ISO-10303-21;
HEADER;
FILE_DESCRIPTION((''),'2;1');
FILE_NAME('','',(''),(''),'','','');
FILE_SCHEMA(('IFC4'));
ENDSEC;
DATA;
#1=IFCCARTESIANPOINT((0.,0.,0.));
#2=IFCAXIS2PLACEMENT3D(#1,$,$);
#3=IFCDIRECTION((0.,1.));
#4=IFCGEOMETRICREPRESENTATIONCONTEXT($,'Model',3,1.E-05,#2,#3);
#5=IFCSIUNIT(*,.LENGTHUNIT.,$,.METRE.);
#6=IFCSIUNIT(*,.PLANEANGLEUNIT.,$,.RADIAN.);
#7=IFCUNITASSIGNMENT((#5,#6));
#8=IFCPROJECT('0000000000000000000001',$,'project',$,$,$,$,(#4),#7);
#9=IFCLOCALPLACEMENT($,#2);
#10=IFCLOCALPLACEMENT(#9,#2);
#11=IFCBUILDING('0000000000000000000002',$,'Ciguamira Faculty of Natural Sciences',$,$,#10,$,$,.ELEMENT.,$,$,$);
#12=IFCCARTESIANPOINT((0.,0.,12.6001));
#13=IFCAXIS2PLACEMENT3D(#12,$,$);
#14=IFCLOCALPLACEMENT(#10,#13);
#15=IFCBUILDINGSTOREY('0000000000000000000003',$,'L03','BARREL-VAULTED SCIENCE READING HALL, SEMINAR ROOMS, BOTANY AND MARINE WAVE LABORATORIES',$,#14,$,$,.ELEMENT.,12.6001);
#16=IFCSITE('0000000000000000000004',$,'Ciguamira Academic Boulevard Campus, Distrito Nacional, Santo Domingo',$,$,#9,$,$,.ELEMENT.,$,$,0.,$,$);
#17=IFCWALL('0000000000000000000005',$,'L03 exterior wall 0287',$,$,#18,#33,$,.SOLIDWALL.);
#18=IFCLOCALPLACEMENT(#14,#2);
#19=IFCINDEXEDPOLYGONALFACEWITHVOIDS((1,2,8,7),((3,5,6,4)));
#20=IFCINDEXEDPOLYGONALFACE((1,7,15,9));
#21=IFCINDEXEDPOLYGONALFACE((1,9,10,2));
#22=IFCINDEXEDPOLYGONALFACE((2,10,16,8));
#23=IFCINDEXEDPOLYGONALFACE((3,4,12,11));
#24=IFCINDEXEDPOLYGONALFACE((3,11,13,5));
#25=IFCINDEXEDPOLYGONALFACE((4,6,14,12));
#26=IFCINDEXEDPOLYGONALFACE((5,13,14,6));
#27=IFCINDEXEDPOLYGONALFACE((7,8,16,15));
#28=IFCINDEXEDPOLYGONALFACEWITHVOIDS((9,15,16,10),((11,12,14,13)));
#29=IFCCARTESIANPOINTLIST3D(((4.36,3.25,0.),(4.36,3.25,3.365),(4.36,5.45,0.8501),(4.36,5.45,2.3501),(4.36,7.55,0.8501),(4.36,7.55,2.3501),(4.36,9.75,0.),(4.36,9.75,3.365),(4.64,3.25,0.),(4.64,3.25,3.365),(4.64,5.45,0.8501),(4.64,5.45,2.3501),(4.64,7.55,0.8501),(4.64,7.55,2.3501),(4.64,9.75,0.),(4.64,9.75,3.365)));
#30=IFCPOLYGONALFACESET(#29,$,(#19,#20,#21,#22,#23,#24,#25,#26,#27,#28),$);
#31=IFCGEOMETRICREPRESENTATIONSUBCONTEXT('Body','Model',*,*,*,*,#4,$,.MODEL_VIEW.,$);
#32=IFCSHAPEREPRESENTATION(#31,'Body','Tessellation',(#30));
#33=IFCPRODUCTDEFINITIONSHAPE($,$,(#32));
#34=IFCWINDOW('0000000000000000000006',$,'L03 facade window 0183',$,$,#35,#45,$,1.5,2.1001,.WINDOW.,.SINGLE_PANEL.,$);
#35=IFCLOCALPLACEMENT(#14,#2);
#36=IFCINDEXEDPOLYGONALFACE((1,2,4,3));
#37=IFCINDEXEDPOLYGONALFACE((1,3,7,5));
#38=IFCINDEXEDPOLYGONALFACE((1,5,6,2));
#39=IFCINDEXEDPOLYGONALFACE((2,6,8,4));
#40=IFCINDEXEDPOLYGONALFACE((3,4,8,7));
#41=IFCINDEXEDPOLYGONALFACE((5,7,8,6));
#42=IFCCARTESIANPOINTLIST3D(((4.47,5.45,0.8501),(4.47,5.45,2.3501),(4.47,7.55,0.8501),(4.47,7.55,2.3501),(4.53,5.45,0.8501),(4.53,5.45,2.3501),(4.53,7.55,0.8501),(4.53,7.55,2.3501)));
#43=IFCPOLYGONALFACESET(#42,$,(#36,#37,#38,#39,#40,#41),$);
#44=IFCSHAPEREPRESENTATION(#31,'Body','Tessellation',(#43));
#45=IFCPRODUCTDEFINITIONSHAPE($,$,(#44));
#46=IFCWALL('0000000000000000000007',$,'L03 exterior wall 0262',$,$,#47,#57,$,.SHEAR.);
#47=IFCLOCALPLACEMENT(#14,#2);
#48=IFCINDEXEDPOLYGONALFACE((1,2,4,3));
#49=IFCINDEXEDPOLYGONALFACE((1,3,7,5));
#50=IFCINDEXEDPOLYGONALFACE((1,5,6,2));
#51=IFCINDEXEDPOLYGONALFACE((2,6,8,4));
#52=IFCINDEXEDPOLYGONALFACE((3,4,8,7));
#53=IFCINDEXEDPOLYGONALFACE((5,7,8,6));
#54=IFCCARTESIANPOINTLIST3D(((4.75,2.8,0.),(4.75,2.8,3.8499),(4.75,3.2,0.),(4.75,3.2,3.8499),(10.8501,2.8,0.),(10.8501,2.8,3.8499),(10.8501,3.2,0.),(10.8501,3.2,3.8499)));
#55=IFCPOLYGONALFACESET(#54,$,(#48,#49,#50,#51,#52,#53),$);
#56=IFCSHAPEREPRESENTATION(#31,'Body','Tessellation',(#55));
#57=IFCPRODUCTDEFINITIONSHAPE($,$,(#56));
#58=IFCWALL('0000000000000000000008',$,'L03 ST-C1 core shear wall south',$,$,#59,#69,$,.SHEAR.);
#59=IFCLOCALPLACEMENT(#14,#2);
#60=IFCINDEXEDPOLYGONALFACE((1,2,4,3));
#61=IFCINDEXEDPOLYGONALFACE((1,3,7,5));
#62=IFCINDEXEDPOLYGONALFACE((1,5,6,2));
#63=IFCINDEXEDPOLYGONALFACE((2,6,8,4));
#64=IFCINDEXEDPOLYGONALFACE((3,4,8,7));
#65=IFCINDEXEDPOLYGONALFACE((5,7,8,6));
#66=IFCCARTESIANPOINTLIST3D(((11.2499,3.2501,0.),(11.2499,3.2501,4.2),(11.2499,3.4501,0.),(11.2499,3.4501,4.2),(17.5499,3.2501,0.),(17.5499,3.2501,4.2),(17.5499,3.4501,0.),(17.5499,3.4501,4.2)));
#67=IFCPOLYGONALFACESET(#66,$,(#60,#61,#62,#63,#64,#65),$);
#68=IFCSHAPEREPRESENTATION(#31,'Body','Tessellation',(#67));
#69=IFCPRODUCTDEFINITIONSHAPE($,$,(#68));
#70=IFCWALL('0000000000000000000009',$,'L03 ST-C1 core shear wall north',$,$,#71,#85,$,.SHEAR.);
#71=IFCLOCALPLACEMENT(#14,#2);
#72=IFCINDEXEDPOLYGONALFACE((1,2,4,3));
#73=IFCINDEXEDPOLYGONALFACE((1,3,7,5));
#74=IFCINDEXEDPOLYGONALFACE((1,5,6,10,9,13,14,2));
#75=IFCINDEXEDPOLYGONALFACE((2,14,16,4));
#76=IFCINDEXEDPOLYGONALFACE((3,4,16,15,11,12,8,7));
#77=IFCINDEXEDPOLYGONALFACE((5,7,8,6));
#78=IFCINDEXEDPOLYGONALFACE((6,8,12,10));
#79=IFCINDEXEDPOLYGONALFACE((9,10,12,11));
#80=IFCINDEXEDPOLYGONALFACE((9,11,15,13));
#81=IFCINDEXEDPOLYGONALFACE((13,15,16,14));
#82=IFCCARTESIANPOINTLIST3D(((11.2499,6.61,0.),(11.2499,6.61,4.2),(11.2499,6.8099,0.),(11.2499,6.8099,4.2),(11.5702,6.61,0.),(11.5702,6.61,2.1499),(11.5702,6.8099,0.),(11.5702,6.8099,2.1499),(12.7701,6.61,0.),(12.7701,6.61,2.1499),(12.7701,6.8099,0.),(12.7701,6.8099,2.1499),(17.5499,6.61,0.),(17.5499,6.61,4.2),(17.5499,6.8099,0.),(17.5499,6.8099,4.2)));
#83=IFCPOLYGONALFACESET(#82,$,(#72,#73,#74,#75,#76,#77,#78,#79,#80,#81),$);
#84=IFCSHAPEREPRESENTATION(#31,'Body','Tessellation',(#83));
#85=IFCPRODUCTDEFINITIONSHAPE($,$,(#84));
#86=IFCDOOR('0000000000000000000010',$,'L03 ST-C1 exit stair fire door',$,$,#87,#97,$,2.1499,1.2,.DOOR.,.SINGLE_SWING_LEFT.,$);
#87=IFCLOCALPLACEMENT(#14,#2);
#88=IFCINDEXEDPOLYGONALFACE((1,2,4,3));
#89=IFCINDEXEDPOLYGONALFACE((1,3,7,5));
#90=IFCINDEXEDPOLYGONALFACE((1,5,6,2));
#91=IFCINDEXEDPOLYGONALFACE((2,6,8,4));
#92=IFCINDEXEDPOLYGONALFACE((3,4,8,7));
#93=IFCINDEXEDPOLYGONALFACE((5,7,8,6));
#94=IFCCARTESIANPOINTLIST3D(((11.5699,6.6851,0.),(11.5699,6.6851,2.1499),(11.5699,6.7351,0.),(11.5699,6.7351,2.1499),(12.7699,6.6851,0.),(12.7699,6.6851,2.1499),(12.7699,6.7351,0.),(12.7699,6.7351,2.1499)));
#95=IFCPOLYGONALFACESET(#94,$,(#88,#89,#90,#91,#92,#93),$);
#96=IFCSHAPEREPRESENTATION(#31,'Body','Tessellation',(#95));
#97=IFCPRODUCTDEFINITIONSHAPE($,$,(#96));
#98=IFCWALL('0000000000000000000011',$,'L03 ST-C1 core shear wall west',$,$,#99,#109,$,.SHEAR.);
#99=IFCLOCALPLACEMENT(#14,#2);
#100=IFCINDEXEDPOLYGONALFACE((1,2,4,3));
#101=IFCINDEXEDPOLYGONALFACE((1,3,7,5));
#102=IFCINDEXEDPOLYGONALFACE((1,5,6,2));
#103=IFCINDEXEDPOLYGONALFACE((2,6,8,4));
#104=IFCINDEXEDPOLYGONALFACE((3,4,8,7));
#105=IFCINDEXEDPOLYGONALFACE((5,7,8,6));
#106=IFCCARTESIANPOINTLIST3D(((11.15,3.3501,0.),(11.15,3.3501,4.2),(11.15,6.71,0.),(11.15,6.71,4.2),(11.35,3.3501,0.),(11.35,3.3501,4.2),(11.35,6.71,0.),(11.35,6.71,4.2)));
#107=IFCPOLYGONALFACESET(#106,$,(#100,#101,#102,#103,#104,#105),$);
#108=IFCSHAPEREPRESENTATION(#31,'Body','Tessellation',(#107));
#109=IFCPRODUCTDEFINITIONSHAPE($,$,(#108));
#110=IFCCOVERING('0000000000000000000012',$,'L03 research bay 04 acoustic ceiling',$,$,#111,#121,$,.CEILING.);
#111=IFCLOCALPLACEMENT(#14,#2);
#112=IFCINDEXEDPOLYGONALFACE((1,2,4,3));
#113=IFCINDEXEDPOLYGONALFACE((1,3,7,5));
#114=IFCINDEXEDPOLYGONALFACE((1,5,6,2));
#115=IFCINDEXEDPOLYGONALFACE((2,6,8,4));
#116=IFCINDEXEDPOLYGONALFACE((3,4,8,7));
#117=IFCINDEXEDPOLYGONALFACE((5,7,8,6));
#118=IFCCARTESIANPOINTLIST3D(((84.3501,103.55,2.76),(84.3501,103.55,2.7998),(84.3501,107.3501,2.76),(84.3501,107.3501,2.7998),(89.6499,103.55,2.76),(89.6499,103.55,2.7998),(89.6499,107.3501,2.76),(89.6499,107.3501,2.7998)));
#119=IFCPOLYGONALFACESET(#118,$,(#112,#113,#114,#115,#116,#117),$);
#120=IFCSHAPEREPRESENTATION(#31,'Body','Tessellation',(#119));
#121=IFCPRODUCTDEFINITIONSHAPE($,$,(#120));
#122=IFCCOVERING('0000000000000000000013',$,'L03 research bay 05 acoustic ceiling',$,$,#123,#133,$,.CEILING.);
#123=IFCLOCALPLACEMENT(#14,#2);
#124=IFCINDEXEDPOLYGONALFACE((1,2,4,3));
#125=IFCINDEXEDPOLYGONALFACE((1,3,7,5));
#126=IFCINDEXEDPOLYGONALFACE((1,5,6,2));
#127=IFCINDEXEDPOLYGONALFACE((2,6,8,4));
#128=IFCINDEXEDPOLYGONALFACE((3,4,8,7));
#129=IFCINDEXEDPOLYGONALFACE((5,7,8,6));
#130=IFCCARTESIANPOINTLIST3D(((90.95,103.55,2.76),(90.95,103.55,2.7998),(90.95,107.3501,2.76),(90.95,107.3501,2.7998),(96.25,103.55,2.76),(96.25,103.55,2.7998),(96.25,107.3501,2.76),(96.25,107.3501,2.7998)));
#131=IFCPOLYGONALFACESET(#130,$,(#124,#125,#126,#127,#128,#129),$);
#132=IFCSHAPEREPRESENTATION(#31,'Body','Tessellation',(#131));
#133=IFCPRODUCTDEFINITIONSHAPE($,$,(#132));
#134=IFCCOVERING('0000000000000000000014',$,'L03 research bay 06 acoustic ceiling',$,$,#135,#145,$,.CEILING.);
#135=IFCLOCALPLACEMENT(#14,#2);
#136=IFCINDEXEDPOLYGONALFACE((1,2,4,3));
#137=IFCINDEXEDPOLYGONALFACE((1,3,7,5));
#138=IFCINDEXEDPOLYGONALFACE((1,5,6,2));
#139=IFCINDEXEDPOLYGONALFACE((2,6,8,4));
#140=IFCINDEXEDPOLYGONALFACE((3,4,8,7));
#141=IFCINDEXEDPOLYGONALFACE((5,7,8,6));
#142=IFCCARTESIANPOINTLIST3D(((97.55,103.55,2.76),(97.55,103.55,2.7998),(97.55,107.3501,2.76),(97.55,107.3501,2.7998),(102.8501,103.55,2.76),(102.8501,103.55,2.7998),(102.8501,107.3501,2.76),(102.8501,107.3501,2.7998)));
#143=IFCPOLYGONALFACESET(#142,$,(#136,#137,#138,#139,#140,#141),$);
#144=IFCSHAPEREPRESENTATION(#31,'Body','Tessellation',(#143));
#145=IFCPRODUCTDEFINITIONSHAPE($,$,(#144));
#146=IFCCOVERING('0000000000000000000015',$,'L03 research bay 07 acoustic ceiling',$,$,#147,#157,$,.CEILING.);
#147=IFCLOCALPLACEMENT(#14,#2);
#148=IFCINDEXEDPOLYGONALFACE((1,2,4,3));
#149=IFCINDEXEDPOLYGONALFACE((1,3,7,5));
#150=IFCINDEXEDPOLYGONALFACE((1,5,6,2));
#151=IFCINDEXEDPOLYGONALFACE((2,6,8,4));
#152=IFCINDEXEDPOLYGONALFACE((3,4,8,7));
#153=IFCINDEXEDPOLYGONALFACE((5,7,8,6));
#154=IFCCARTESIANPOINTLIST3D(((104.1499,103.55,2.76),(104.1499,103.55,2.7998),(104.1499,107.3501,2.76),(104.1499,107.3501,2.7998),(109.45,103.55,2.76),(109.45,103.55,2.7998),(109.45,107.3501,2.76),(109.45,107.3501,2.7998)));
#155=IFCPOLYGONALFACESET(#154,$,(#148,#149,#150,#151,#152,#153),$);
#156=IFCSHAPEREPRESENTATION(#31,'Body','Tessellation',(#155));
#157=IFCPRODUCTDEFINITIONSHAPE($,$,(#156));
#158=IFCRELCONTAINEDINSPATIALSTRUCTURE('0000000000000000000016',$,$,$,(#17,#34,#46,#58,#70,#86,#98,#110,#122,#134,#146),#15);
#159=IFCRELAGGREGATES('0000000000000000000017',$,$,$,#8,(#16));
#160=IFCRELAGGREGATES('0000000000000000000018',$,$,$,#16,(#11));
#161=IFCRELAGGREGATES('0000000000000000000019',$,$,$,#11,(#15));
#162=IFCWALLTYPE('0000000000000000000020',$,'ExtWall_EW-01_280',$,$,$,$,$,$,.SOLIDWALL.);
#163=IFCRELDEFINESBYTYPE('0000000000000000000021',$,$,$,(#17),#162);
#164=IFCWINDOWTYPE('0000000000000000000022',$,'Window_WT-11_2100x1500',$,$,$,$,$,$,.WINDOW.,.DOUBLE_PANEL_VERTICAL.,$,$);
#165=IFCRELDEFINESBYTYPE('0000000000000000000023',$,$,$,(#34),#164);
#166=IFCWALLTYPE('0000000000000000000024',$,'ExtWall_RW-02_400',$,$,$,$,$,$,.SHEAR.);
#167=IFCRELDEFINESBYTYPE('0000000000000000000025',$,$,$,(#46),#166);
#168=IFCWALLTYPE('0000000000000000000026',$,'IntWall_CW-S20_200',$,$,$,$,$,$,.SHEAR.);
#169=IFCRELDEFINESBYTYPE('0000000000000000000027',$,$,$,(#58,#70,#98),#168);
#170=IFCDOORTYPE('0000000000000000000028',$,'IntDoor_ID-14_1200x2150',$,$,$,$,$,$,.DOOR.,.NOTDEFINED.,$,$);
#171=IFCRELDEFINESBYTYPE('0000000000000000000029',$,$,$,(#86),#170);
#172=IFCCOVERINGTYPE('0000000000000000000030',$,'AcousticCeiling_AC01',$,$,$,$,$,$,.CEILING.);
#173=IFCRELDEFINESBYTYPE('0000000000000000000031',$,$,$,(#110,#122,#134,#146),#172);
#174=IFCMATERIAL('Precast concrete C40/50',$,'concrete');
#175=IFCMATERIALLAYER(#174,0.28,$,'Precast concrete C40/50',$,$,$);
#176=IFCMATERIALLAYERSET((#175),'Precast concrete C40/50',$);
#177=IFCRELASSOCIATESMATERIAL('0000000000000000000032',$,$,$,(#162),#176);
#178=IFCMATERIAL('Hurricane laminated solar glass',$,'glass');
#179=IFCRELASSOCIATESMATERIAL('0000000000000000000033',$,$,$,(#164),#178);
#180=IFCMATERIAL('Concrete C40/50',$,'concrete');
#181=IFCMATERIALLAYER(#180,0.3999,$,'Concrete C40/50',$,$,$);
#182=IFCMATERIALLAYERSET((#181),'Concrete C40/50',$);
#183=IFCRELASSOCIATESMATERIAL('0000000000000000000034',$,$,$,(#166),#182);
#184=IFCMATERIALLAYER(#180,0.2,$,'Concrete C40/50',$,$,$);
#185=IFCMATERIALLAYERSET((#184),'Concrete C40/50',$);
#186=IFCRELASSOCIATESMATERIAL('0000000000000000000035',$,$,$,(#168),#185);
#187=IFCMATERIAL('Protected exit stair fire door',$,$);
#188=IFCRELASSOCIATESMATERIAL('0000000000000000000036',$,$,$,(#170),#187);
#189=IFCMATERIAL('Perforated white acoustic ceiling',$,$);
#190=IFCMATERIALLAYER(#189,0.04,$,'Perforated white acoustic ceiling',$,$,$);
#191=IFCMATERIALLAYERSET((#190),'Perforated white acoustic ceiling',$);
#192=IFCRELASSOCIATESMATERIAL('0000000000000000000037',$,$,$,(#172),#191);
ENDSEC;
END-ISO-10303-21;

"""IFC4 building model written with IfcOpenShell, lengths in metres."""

from ifc_helpers import new_model, si_unit, direction, frame, frame_2d, origin, place, context, subcontext, project, spatial, polyline, rectangle, outline, extrude, material, layer, layer_set, type_object, element, fill, save


model = new_model("IFC4")

# Units and contexts
model_context = context("Model", 3, precision=1e-05, world=origin(), true_north=direction((0.0, 1.0)))
body_context = subcontext(model_context, "Body", "Model", "MODEL_VIEW")
ifc_project = project(units=[si_unit("LENGTHUNIT", "METRE"), si_unit("PLANEANGLEUNIT", "RADIAN")], contexts=[model_context])

# Site, building, storey
site_placement = place(None, origin())
site = spatial("IfcSite", under=ifc_project, at=site_placement, Name="Ciguamira Academic Boulevard Campus, Distrito Nacional, Santo Domingo", CompositionType="ELEMENT", RefElevation=0.0)
building_placement = place(site_placement, origin())
building = spatial("IfcBuilding", under=site, at=building_placement, Name="Ciguamira Faculty of Natural Sciences", CompositionType="ELEMENT")
storey_placement = place(building_placement, frame((0.0, 0.0, 12.6001)))
storey = spatial("IfcBuildingStorey", under=building, at=storey_placement, Name="L03", Description="BARREL-VAULTED SCIENCE READING HALL, SEMINAR ROOMS, BOTANY AND MARINE WAVE LABORATORIES", CompositionType="ELEMENT", Elevation=12.6001)

# Shared definitions
ifc_material_1 = material(Name="Concrete C40/50", Category="concrete")

# Shared definitions
ifc_material_2 = material(Name="Precast concrete C40/50", Category="concrete")

# Wall, opening, window
ifc_layer_1 = layer(ifc_material_2, 0.28, Name="Precast concrete C40/50")
ifc_layer_set_1 = layer_set([ifc_layer_1], Name="Precast concrete C40/50")
wall_type_1 = type_object("IfcWallType", Name="ExtWall_EW-01_280", PredefinedType="SOLIDWALL", material=ifc_layer_set_1)
wall_1_placement = place(storey_placement, frame((4.5, 3.25, 0.0), z_axis=(0.0, 0.0, 1.0), x_axis=(0.0, 1.0, 0.0)))
wall_1 = element("IfcWall", 1, at=wall_1_placement, inside=storey, type_object=wall_type_1, Name="L03 exterior wall 0287", PredefinedType="SOLIDWALL", context=body_context, shape_type="SweptSolid", body=[
    extrude(rectangle(XDim=6.5, YDim=0.28, at=frame_2d((3.25, 0.0))), origin(), (0.0, 0.0, 1.0), 3.365),
])
opening_1_placement = place(wall_1_placement, frame((2.2, 0.0, 0.8501)))
opening_1 = element("IfcOpeningElement", 2, at=opening_1_placement, cuts=wall_1, PredefinedType="OPENING", context=body_context, shape_type="SweptSolid", body=[
    extrude(rectangle(XDim=2.1001, YDim=1.5, at=frame_2d((1.05, 0.75))), frame((0.0, 0.1499, 0.0), z_axis=(0.0, -1.0, 0.0), x_axis=(1.0, 0.0, 0.0)), (0.0, 0.0, 1.0), 0.3),
])
ifc_material_3 = material(Name="Hurricane laminated solar glass", Category="glass")
window_type = type_object("IfcWindowType", Name="Window_WT-11_2100x1500", PartitioningType="DOUBLE_PANEL_VERTICAL", PredefinedType="WINDOW", material=ifc_material_3)
window_placement = place(opening_1_placement, origin())
window = element("IfcWindow", 3, at=window_placement, inside=storey, type_object=window_type, Name="L03 facade window 0183", OverallHeight=1.5, OverallWidth=2.1001, PartitioningType="SINGLE_PANEL", PredefinedType="WINDOW", context=body_context, shape_type="SweptSolid", body=[
    extrude(rectangle(XDim=2.1001, YDim=1.5, at=frame_2d((1.05, 0.75))), frame((0.0, 0.03, 0.0), z_axis=(0.0, -1.0, 0.0), x_axis=(1.0, 0.0, 0.0)), (0.0, 0.0, 1.0), 0.0601),
])
fill(opening_1, window)

# Walls
ifc_layer_2 = layer(ifc_material_1, 0.3999, Name="Concrete C40/50")
ifc_layer_set_2 = layer_set([ifc_layer_2], Name="Concrete C40/50")
wall_type_2 = type_object("IfcWallType", Name="ExtWall_RW-02_400", PredefinedType="SHEAR", material=ifc_layer_set_2)
wall_2_placement = place(storey_placement, frame((4.75, 3.0, 0.0), z_axis=(0.0, 0.0, 1.0), x_axis=(1.0, 0.0, 0.0)))
element("IfcWall", 4, at=wall_2_placement, inside=storey, type_object=wall_type_2, Name="L03 exterior wall 0262", PredefinedType="SHEAR", context=body_context, shape_type="SweptSolid", body=[
    extrude(rectangle(XDim=6.1001, YDim=0.3999, at=frame_2d((3.05, 0.0))), origin(), (0.0, 0.0, 1.0), 3.8499),
])
ifc_layer_3 = layer(ifc_material_1, 0.2, Name="Concrete C40/50")
ifc_layer_set_3 = layer_set([ifc_layer_3], Name="Concrete C40/50")
wall_type_3 = type_object("IfcWallType", Name="IntWall_CW-S20_200", PredefinedType="SHEAR", material=ifc_layer_set_3)
wall_3_placement = place(storey_placement, frame((11.25, 3.3501, 0.0), z_axis=(0.0, 0.0, 1.0), x_axis=(1.0, 0.0, 0.0)))
element("IfcWall", 5, at=wall_3_placement, inside=storey, type_object=wall_type_3, Name="L03 ST-C1 core shear wall south", PredefinedType="SHEAR", context=body_context, shape_type="SweptSolid", body=[
    extrude(rectangle(XDim=6.3, YDim=0.2, at=frame_2d((3.1499, 0.0))), origin(), (0.0, 0.0, 1.0), 4.2),
])

# Wall, opening, door
wall_4_placement = place(storey_placement, frame((11.25, 6.71, 0.0), z_axis=(0.0, 0.0, 1.0), x_axis=(1.0, 0.0, 0.0)))
wall_4 = element("IfcWall", 6, at=wall_4_placement, inside=storey, type_object=wall_type_3, Name="L03 ST-C1 core shear wall north", PredefinedType="SHEAR", context=body_context, shape_type="SweptSolid", body=[
    extrude(rectangle(XDim=6.3, YDim=0.2, at=frame_2d((3.1499, 0.0))), origin(), (0.0, 0.0, 1.0), 4.2),
])
opening_2_placement = place(wall_4_placement, frame((0.3201, 0.0, 0.0)))
opening_2 = element("IfcOpeningElement", 7, at=opening_2_placement, cuts=wall_4, PredefinedType="OPENING", context=body_context, shape_type="SweptSolid", body=[
    extrude(rectangle(XDim=1.2, YDim=2.1499, at=frame_2d((0.6001, 1.075))), frame((0.0, 0.1099, 0.0), z_axis=(0.0, -1.0, 0.0), x_axis=(1.0, 0.0, 0.0)), (0.0, 0.0, 1.0), 0.22),
])
ifc_material_4 = material(Name="Protected exit stair fire door")
door_type = type_object("IfcDoorType", Name="IntDoor_ID-14_1200x2150", OperationType="NOTDEFINED", PredefinedType="DOOR", material=ifc_material_4)
door_placement = place(opening_2_placement, frame((1.2, 0.0, 0.0), z_axis=(0.0, 0.0, 1.0), x_axis=(-1.0, 0.0, 0.0)))
door = element("IfcDoor", 8, at=door_placement, inside=storey, type_object=door_type, Name="L03 ST-C1 exit stair fire door", OperationType="SINGLE_SWING_LEFT", OverallHeight=2.1499, OverallWidth=1.2, PredefinedType="DOOR", context=body_context, shape_type="SweptSolid", body=[
    extrude(rectangle(XDim=1.2, YDim=2.1499, at=frame_2d((0.6001, 1.075))), frame((0.0, 0.0249, 0.0), z_axis=(0.0, -1.0, 0.0), x_axis=(1.0, 0.0, 0.0)), (0.0, 0.0, 1.0), 0.05),
])
fill(opening_2, door)

# Wall
wall_5_placement = place(storey_placement, frame((11.25, 3.3501, 0.0), z_axis=(0.0, 0.0, 1.0), x_axis=(0.0, 1.0, 0.0)))
element("IfcWall", 9, at=wall_5_placement, inside=storey, type_object=wall_type_3, Name="L03 ST-C1 core shear wall west", PredefinedType="SHEAR", context=body_context, shape_type="SweptSolid", body=[
    extrude(rectangle(XDim=3.3599, YDim=0.2, at=frame_2d((1.6799, 0.0))), origin(), (0.0, 0.0, 1.0), 4.2),
])

# Coverings
ifc_material_5 = material(Name="Perforated white acoustic ceiling")
ifc_layer_4 = layer(ifc_material_5, 0.04, Name="Perforated white acoustic ceiling")
ifc_layer_set_4 = layer_set([ifc_layer_4], Name="Perforated white acoustic ceiling")
covering_type = type_object("IfcCoveringType", Name="AcousticCeiling_AC01", PredefinedType="CEILING", material=ifc_layer_set_4)
covering_1_placement = place(storey_placement, frame((0.0, 0.0, 2.76)))
element("IfcCovering", 10, at=covering_1_placement, inside=storey, type_object=covering_type, Name="L03 research bay 04 acoustic ceiling", PredefinedType="CEILING", context=body_context, shape_type="SweptSolid", body=[
    extrude(outline(polyline([(84.3501, 103.55), (89.6499, 103.55), (89.6499, 107.3501), (84.3501, 107.3501), (84.3501, 103.55)])), origin(), (0.0, 0.0, 1.0), 0.0398),
])
covering_2_placement = place(storey_placement, frame((0.0, 0.0, 2.76)))
element("IfcCovering", 11, at=covering_2_placement, inside=storey, type_object=covering_type, Name="L03 research bay 05 acoustic ceiling", PredefinedType="CEILING", context=body_context, shape_type="SweptSolid", body=[
    extrude(outline(polyline([(90.95, 103.55), (96.25, 103.55), (96.25, 107.3501), (90.95, 107.3501), (90.95, 103.55)])), origin(), (0.0, 0.0, 1.0), 0.0398),
])
covering_3_placement = place(storey_placement, frame((0.0, 0.0, 2.76)))
element("IfcCovering", 12, at=covering_3_placement, inside=storey, type_object=covering_type, Name="L03 research bay 06 acoustic ceiling", PredefinedType="CEILING", context=body_context, shape_type="SweptSolid", body=[
    extrude(outline(polyline([(97.55, 103.55), (102.8501, 103.55), (102.8501, 107.3501), (97.55, 107.3501), (97.55, 103.55)])), origin(), (0.0, 0.0, 1.0), 0.0398),
])
covering_4_placement = place(storey_placement, frame((0.0, 0.0, 2.76)))
element("IfcCovering", 13, at=covering_4_placement, inside=storey, type_object=covering_type, Name="L03 research bay 07 acoustic ceiling", PredefinedType="CEILING", context=body_context, shape_type="SweptSolid", body=[
    extrude(outline(polyline([(104.1499, 103.55), (109.45, 103.55), (109.45, 107.3501), (104.1499, 107.3501), (104.1499, 103.55)])), origin(), (0.0, 0.0, 1.0), 0.0398),
])

save(model, "model.ifc")
